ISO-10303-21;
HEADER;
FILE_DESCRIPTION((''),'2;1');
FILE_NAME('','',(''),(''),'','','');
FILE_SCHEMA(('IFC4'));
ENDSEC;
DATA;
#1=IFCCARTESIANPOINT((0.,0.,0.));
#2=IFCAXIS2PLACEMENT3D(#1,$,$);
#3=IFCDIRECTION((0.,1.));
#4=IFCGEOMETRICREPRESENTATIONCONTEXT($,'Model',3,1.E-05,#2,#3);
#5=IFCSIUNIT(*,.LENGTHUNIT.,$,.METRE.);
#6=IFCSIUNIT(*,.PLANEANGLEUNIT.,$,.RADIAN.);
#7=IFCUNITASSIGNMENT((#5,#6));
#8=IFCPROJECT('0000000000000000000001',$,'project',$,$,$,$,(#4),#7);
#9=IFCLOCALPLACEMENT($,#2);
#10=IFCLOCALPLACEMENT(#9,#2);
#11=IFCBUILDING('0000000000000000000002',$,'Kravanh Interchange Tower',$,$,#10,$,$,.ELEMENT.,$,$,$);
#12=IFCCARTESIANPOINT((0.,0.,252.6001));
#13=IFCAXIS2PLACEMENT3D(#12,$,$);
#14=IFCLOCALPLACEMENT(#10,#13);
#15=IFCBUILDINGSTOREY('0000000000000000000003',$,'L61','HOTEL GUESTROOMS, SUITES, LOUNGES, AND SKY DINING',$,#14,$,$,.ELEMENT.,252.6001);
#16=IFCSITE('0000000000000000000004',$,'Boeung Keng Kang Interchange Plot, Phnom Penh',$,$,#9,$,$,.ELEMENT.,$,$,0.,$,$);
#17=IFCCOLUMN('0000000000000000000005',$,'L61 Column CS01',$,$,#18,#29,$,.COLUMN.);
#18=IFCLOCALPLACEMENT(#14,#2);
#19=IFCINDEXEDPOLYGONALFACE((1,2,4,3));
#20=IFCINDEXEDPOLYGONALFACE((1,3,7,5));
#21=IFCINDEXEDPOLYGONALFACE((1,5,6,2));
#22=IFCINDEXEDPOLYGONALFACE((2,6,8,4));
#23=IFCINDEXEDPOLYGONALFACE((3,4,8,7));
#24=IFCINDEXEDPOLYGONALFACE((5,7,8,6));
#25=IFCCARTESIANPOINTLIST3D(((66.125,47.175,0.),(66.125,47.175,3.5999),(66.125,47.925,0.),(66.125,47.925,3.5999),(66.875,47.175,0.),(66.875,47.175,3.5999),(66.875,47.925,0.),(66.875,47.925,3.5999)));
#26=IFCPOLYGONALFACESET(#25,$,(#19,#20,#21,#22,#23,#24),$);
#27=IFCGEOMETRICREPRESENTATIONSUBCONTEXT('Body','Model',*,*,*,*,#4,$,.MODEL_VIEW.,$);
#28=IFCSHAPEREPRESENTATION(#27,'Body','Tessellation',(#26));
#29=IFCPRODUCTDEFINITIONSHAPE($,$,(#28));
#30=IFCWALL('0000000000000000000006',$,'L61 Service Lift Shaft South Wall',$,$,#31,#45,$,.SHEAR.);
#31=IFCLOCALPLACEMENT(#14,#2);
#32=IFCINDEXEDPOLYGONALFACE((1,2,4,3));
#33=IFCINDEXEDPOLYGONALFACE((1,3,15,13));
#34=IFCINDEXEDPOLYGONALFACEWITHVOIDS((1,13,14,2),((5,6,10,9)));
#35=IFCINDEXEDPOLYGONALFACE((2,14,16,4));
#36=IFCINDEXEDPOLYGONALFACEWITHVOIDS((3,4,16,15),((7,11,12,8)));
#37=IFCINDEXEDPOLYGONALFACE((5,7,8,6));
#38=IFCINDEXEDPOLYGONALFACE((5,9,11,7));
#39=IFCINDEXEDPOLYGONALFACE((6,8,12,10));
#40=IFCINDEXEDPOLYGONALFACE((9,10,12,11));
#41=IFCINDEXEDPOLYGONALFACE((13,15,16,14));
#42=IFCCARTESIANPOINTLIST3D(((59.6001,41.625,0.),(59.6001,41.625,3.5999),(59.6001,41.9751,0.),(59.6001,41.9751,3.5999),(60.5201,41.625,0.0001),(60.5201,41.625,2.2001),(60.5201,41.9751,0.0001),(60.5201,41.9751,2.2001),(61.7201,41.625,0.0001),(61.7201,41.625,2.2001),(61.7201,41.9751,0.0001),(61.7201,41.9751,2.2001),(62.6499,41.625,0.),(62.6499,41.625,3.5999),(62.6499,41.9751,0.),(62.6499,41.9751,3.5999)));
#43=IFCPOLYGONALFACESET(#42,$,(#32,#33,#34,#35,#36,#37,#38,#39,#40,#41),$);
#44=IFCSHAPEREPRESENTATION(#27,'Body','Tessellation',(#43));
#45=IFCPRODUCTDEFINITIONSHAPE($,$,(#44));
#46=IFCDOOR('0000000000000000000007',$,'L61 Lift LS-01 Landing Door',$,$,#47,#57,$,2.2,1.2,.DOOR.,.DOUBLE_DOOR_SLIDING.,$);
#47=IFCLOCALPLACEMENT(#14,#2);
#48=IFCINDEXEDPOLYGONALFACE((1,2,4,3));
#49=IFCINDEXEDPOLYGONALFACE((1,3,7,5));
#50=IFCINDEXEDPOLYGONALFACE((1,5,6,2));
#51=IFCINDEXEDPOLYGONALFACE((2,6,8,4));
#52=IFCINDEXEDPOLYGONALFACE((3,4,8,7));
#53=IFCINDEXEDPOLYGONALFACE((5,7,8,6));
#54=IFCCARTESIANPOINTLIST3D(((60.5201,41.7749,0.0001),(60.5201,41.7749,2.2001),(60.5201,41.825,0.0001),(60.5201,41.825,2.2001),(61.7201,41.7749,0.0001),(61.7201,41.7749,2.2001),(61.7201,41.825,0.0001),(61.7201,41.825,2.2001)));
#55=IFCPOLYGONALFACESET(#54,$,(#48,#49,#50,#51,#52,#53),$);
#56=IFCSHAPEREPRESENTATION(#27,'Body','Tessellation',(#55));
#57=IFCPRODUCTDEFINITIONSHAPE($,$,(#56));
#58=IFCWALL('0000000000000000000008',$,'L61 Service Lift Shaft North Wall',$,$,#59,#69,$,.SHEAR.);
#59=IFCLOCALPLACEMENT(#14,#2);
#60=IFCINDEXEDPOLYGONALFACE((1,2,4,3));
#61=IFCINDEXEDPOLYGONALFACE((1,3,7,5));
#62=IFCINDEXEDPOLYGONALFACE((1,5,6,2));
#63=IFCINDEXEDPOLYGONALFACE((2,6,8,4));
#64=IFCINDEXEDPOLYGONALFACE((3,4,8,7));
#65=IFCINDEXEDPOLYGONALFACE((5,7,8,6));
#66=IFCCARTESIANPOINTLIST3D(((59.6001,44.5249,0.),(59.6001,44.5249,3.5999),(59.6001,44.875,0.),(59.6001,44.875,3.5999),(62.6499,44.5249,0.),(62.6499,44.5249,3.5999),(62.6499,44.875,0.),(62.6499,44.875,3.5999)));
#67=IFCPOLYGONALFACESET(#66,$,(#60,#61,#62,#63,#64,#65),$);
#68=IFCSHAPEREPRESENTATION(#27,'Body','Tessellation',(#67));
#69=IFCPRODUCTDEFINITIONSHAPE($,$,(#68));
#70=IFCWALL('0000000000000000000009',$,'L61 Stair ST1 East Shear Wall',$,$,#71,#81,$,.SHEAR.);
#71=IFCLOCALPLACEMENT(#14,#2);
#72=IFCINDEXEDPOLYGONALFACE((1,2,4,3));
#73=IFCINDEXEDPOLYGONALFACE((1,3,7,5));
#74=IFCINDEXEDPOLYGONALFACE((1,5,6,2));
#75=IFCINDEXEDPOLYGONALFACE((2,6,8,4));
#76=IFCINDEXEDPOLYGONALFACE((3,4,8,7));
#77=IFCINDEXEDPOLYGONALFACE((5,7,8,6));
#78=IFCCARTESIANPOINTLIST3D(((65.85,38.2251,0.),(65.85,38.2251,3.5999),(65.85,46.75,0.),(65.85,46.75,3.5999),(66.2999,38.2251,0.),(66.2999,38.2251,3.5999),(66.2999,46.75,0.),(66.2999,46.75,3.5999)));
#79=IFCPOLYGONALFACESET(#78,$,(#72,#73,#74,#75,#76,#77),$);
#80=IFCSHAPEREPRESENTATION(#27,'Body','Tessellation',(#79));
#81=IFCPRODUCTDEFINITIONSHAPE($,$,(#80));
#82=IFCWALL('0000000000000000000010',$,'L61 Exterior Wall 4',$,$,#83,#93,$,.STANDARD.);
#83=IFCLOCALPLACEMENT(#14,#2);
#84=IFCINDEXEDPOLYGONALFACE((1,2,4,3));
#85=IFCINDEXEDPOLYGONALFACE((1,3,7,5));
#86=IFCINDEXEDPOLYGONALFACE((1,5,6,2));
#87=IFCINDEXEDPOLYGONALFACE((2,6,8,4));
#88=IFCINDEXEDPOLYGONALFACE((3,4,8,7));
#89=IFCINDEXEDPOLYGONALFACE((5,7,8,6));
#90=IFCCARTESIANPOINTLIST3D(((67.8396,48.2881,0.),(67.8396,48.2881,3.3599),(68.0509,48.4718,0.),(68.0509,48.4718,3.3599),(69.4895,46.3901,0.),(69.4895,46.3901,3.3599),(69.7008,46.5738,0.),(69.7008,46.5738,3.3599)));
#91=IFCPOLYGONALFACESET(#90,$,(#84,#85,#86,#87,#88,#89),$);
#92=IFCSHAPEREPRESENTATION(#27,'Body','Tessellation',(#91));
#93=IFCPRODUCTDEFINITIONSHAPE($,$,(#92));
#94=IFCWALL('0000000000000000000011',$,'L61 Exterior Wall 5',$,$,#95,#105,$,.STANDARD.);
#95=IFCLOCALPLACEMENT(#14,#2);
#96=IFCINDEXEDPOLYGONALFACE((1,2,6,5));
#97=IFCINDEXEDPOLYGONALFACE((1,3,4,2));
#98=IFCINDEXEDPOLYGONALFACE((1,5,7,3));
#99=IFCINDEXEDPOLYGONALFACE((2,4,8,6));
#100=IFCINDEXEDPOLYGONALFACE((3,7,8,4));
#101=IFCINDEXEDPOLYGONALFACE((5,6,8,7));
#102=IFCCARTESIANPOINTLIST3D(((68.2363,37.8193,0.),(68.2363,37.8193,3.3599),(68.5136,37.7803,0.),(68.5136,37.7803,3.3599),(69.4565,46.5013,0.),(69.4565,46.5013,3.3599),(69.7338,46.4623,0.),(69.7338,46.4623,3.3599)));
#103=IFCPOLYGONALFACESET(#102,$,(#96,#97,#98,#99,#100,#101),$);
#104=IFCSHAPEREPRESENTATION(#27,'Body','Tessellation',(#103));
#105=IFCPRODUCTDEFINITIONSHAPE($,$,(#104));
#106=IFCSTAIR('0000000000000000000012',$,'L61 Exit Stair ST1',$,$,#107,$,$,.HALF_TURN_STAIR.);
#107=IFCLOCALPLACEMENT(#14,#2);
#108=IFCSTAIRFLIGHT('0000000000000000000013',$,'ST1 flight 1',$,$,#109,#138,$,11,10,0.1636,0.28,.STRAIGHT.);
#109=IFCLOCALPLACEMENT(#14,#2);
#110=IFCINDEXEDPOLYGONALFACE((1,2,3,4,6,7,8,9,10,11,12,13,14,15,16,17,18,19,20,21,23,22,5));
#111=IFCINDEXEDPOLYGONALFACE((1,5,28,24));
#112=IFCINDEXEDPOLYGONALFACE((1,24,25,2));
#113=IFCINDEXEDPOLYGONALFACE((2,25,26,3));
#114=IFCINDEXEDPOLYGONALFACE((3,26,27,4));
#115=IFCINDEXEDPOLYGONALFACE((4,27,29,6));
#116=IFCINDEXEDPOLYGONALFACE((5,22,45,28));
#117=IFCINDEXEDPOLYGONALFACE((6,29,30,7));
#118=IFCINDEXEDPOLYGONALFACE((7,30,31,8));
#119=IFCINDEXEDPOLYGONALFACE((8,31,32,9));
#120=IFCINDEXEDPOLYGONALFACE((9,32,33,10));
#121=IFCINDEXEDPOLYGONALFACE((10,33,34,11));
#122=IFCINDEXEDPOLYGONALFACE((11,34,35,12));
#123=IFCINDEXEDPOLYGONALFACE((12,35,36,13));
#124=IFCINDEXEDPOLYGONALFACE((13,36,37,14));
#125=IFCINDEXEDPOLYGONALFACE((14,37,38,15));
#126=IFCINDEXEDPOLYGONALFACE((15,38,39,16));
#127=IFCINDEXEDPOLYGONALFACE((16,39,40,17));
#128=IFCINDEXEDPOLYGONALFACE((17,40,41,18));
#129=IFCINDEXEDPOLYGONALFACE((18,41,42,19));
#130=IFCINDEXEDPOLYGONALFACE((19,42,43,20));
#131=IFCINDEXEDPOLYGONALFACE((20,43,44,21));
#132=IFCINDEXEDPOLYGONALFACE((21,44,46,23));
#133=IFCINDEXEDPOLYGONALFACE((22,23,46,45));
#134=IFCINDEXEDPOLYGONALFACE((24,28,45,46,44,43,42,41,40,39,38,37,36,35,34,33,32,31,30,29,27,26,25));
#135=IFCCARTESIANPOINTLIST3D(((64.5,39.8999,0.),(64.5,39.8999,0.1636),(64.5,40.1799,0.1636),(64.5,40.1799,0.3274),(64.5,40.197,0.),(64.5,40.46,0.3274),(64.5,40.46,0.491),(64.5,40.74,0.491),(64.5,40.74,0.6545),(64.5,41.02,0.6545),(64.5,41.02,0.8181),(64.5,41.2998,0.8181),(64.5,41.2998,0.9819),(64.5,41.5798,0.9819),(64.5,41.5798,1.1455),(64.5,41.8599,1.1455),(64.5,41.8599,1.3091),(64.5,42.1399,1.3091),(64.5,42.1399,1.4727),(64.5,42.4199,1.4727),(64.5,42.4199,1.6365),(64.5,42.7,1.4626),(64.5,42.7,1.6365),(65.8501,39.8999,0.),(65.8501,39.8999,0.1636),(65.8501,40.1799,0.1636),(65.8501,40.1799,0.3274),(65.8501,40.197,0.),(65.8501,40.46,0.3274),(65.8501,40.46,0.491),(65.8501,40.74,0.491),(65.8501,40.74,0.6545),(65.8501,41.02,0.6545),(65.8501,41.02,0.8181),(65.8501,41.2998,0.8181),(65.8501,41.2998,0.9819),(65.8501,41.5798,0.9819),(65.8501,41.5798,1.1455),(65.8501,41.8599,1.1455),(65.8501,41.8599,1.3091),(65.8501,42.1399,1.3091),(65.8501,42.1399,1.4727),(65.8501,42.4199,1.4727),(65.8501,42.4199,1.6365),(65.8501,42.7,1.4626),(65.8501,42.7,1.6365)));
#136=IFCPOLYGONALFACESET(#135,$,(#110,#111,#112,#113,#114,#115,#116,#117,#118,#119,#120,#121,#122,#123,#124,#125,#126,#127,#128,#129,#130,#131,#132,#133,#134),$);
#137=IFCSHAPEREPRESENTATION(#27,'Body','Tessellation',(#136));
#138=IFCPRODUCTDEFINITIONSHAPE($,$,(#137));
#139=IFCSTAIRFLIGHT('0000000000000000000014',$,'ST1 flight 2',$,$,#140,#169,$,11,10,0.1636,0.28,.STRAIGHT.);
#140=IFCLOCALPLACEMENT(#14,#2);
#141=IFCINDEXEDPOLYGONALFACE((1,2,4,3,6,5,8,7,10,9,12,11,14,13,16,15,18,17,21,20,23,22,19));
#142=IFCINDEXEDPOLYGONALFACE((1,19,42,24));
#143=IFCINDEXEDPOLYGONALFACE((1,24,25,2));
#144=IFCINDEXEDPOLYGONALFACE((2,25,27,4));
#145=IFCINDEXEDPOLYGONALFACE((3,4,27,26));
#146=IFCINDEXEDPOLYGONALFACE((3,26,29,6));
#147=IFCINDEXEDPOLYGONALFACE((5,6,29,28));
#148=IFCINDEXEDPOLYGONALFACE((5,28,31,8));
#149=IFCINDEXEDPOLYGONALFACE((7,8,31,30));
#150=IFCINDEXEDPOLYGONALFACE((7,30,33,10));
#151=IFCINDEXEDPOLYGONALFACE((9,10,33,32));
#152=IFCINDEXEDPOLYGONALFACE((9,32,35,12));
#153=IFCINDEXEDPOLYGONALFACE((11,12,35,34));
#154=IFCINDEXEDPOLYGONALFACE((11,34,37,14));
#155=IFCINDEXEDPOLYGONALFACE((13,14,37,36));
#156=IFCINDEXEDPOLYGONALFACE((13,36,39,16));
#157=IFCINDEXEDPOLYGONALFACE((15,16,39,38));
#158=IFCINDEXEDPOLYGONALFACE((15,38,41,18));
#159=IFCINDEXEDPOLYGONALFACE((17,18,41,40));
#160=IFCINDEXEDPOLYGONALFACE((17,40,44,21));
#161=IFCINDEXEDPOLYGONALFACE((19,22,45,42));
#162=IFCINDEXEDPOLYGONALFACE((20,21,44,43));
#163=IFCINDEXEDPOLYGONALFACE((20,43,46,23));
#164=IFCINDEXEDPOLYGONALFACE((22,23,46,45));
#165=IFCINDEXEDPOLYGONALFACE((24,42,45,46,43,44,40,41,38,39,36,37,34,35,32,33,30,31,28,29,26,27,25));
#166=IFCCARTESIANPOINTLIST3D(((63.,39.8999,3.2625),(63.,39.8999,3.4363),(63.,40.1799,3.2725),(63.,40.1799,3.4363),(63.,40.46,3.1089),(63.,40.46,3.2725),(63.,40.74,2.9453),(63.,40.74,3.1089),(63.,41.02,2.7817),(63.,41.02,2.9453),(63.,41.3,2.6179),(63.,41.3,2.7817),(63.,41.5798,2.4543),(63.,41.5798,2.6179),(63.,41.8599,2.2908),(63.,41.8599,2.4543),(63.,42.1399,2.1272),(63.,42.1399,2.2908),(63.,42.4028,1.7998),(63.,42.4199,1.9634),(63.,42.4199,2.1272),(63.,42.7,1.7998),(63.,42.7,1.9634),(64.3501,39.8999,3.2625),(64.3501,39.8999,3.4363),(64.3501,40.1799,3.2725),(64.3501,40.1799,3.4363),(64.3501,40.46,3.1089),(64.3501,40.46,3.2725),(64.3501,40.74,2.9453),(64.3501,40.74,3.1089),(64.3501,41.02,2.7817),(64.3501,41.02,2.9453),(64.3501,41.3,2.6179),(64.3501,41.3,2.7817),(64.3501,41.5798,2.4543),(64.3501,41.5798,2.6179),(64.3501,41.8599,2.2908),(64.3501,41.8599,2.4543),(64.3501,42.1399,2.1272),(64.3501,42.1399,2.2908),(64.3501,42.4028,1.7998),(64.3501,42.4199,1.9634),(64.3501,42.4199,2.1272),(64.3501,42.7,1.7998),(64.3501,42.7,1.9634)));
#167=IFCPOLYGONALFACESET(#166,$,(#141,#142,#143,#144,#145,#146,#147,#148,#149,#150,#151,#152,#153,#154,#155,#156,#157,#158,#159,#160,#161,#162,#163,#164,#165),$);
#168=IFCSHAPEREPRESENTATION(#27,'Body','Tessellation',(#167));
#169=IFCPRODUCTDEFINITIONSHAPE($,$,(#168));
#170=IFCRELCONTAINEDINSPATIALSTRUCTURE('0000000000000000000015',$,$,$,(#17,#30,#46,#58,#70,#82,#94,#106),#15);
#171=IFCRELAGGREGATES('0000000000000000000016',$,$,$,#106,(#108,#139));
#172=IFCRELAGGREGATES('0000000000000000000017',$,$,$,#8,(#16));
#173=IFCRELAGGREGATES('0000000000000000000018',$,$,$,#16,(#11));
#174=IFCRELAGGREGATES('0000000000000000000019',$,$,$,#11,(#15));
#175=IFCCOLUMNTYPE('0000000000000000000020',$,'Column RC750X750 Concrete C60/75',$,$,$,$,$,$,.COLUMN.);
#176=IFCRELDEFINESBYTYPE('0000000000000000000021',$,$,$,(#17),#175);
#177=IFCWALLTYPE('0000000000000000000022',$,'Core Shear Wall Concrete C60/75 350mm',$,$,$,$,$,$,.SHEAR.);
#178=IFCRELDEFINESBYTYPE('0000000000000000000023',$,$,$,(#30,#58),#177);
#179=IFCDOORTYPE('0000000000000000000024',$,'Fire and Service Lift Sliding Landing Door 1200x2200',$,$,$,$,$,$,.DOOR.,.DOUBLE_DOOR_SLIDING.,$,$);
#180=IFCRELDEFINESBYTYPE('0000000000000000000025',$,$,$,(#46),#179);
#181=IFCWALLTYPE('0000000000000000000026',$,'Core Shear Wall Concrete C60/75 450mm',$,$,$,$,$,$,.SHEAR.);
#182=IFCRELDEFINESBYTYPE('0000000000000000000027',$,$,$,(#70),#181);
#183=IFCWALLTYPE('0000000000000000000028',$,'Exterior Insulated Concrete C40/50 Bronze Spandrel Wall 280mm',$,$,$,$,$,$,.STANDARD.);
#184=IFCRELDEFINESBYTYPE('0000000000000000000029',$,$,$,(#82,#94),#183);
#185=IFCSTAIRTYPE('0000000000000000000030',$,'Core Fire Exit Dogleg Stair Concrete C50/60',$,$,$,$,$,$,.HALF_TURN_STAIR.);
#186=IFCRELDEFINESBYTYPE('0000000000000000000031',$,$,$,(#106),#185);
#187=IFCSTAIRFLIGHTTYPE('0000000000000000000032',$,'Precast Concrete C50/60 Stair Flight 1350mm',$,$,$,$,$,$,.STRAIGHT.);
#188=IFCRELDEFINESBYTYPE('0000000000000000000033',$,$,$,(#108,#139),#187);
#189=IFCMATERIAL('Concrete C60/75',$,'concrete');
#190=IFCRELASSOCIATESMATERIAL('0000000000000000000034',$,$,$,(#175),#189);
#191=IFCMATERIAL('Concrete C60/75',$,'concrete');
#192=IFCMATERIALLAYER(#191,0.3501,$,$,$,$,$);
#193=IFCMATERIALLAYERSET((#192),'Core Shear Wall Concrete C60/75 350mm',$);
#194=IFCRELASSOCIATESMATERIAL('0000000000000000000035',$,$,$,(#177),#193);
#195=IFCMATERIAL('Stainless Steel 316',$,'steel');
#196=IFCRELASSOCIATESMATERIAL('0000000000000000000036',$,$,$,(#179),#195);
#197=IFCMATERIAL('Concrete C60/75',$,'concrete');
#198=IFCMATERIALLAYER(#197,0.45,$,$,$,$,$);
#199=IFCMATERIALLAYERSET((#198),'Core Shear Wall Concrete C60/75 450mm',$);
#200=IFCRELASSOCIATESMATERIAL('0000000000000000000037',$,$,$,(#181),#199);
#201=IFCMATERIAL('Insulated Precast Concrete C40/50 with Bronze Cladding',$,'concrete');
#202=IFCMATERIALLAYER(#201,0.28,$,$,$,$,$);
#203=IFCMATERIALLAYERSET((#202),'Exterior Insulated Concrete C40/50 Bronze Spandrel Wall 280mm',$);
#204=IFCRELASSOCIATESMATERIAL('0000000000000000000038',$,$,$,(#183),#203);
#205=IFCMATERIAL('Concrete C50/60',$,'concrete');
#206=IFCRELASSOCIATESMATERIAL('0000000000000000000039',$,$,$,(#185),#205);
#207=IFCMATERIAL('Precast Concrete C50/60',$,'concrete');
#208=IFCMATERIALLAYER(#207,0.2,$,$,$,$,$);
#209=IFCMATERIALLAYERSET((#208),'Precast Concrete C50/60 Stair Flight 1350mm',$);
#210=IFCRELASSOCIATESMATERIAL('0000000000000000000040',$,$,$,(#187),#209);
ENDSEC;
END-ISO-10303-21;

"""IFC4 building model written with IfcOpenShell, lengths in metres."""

from ifc_helpers import new_model, si_unit, direction, frame, frame_2d, origin, origin_2d, place, context, subcontext, project, spatial, polyline, rectangle, outline, extrude, material, layer, layer_set, material_profile, profile_set, type_object, element, fill, aggregate, save


model = new_model("IFC4")

# Units and contexts
model_context = context("Model", 3, precision=1e-05, world=origin(), true_north=direction((0.0, 1.0)))
body_context = subcontext(model_context, "Body", "Model", "MODEL_VIEW")
ifc_project = project(units=[si_unit("LENGTHUNIT", "METRE"), si_unit("PLANEANGLEUNIT", "RADIAN")], contexts=[model_context])

# Site, building, storey
site_placement = place(None, origin())
site = spatial("IfcSite", under=ifc_project, at=site_placement, Name="Boeung Keng Kang Interchange Plot, Phnom Penh", CompositionType="ELEMENT", RefElevation=0.0)
building_placement = place(site_placement, origin())
building = spatial("IfcBuilding", under=site, at=building_placement, Name="Kravanh Interchange Tower", CompositionType="ELEMENT")
storey_placement = place(building_placement, frame((0.0, 0.0, 252.6001)))
storey = spatial("IfcBuildingStorey", under=building, at=storey_placement, Name="L61", Description="HOTEL GUESTROOMS, SUITES, LOUNGES, AND SKY DINING", CompositionType="ELEMENT", Elevation=252.6001)

# Column
ifc_material_1 = material(Name="Concrete C60/75", Category="concrete")
ifc_material_profile = material_profile(ifc_material_1, rectangle(XDim=0.75, YDim=0.75, at=origin_2d()), Name="RC750X750")
ifc_profile_set = profile_set([ifc_material_profile], Name="Concrete C60/75")
column_type = type_object("IfcColumnType", Name="Column RC750X750 Concrete C60/75", PredefinedType="COLUMN", material=ifc_profile_set)
column_placement = place(storey_placement, frame((66.5, 47.55, 0.0), z_axis=(0.0, 0.0, 1.0), x_axis=(1.0, 0.0, 0.0)))
element("IfcColumn", 1, at=column_placement, inside=storey, type_object=column_type, Name="L61 Column CS01", PredefinedType="COLUMN", context=body_context, shape_type="SweptSolid", body=[
    extrude(rectangle(XDim=0.75, YDim=0.75, at=origin_2d()), origin(), (0.0, 0.0, 1.0), 3.5999),
])

# Wall, opening, door
ifc_material_2 = material(Name="Concrete C60/75", Category="concrete")
ifc_layer_1 = layer(ifc_material_2, 0.3501)
ifc_layer_set_1 = layer_set([ifc_layer_1], Name="Core Shear Wall Concrete C60/75 350mm")
wall_type_1 = type_object("IfcWallType", Name="Core Shear Wall Concrete C60/75 350mm", PredefinedType="SHEAR", material=ifc_layer_set_1)
wall_1_placement = place(storey_placement, frame((59.6001, 41.8, 0.0), z_axis=(0.0, 0.0, 1.0), x_axis=(1.0, 0.0, 0.0)))
wall_1 = element("IfcWall", 2, at=wall_1_placement, inside=storey, type_object=wall_type_1, Name="L61 Service Lift Shaft South Wall", PredefinedType="SHEAR", context=body_context, shape_type="SweptSolid", body=[
    extrude(rectangle(XDim=3.0498, YDim=0.3501, at=frame_2d((1.5249, 0.0))), origin(), (0.0, 0.0, 1.0), 3.5999),
])
opening_placement = place(wall_1_placement, frame((0.9199, 0.0, 0.0)))
opening = element("IfcOpeningElement", 3, at=opening_placement, cuts=wall_1, PredefinedType="OPENING", context=body_context, shape_type="SweptSolid", body=[
    extrude(rectangle(XDim=1.2, YDim=2.2, at=frame_2d((0.6001, 1.1001))), frame((0.0, 0.1851, 0.0), z_axis=(0.0, -1.0, 0.0), x_axis=(1.0, 0.0, 0.0)), (0.0, 0.0, 1.0), 0.3701),
])
ifc_material_3 = material(Name="Stainless Steel 316", Category="steel")
door_type = type_object("IfcDoorType", Name="Fire and Service Lift Sliding Landing Door 1200x2200", OperationType="DOUBLE_DOOR_SLIDING", PredefinedType="DOOR", material=ifc_material_3)
door_placement = place(opening_placement, origin())
door = element("IfcDoor", 4, at=door_placement, inside=storey, type_object=door_type, Name="L61 Lift LS-01 Landing Door", OperationType="DOUBLE_DOOR_SLIDING", OverallHeight=2.2, OverallWidth=1.2, PredefinedType="DOOR", context=body_context, shape_type="SweptSolid", body=[
    extrude(rectangle(XDim=1.2, YDim=2.2, at=frame_2d((0.6001, 1.1001))), frame((0.0, 0.0249, 0.0), z_axis=(0.0, -1.0, 0.0), x_axis=(1.0, 0.0, 0.0)), (0.0, 0.0, 1.0), 0.05),
])
fill(opening, door)

# Walls
wall_2_placement = place(storey_placement, frame((59.6001, 44.7, 0.0), z_axis=(0.0, 0.0, 1.0), x_axis=(1.0, 0.0, 0.0)))
element("IfcWall", 5, at=wall_2_placement, inside=storey, type_object=wall_type_1, Name="L61 Service Lift Shaft North Wall", PredefinedType="SHEAR", context=body_context, shape_type="SweptSolid", body=[
    extrude(rectangle(XDim=3.0498, YDim=0.3501, at=frame_2d((1.5249, 0.0))), origin(), (0.0, 0.0, 1.0), 3.5999),
])
ifc_material_4 = material(Name="Concrete C60/75", Category="concrete")
ifc_layer_2 = layer(ifc_material_4, 0.45)
ifc_layer_set_2 = layer_set([ifc_layer_2], Name="Core Shear Wall Concrete C60/75 450mm")
wall_type_2 = type_object("IfcWallType", Name="Core Shear Wall Concrete C60/75 450mm", PredefinedType="SHEAR", material=ifc_layer_set_2)
wall_3_placement = place(storey_placement, frame((66.075, 38.2251, 0.0), z_axis=(0.0, 0.0, 1.0), x_axis=(0.0, 1.0, 0.0)))
element("IfcWall", 6, at=wall_3_placement, inside=storey, type_object=wall_type_2, Name="L61 Stair ST1 East Shear Wall", PredefinedType="SHEAR", context=body_context, shape_type="SweptSolid", body=[
    extrude(rectangle(XDim=8.5249, YDim=0.45, at=frame_2d((4.2625, 0.0))), origin(), (0.0, 0.0, 1.0), 3.5999),
])
ifc_material_5 = material(Name="Insulated Precast Concrete C40/50 with Bronze Cladding", Category="concrete")
ifc_layer_3 = layer(ifc_material_5, 0.28)
ifc_layer_set_3 = layer_set([ifc_layer_3], Name="Exterior Insulated Concrete C40/50 Bronze Spandrel Wall 280mm")
wall_type_3 = type_object("IfcWallType", Name="Exterior Insulated Concrete C40/50 Bronze Spandrel Wall 280mm", PredefinedType="STANDARD", material=ifc_layer_set_3)
wall_4_placement = place(storey_placement, frame((67.9453, 48.3799, 0.0), z_axis=(0.0, 0.0, 1.0), x_axis=(0.656068, -0.754702, 0.0)))
element("IfcWall", 7, at=wall_4_placement, inside=storey, type_object=wall_type_3, Name="L61 Exterior Wall 4", PredefinedType="STANDARD", context=body_context, shape_type="SweptSolid", body=[
    extrude(rectangle(XDim=2.5149, YDim=0.28, at=frame_2d((1.2573, 0.0))), origin(), (0.0, 0.0, 1.0), 3.3599),
])
wall_5_placement = place(storey_placement, frame((69.5952, 46.4819, 0.0), z_axis=(0.0, 0.0, 1.0), x_axis=(-0.139179, -0.990267, 0.0)))
element("IfcWall", 8, at=wall_5_placement, inside=storey, type_object=wall_type_3, Name="L61 Exterior Wall 5", PredefinedType="STANDARD", context=body_context, shape_type="SweptSolid", body=[
    extrude(rectangle(XDim=8.7673, YDim=0.28, at=frame_2d((4.3838, 0.0))), origin(), (0.0, 0.0, 1.0), 3.3599),
])

# Stair, stair flights
ifc_material_6 = material(Name="Concrete C50/60", Category="concrete")
stair_type = type_object("IfcStairType", Name="Core Fire Exit Dogleg Stair Concrete C50/60", PredefinedType="HALF_TURN_STAIR", material=ifc_material_6)
stair_1_placement = place(storey_placement, origin())
stair_1 = element("IfcStair", 9, at=stair_1_placement, inside=storey, type_object=stair_type, Name="L61 Exit Stair ST1", PredefinedType="HALF_TURN_STAIR")
ifc_material_7 = material(Name="Precast Concrete C50/60", Category="concrete")
ifc_layer_4 = layer(ifc_material_7, 0.2)
ifc_layer_set_4 = layer_set([ifc_layer_4], Name="Precast Concrete C50/60 Stair Flight 1350mm")
stair_flight_type = type_object("IfcStairFlightType", Name="Precast Concrete C50/60 Stair Flight 1350mm", PredefinedType="STRAIGHT", material=ifc_layer_set_4)
stair_flight_1_placement = place(storey_placement, frame((65.175, 39.8999, 0.0), z_axis=(0.0, 0.0, 1.0), x_axis=(0.0, 1.0, 0.0)))
stair_flight_1 = element("IfcStairFlight", 10, at=stair_flight_1_placement, type_object=stair_flight_type, Name="ST1 flight 1", NumberOfRisers=11, NumberOfTreads=10, PredefinedType="STRAIGHT", RiserHeight=0.1636, TreadLength=0.28, context=body_context, shape_type="SweptSolid", body=[
    extrude(outline(polyline([(0.0, 0.0), (0.0, 0.1636), (0.28, 0.1636), (0.28, 0.3274), (0.5601, 0.3274), (0.5601, 0.491), (0.8401, 0.491), (0.8401, 0.6545), (1.1201, 0.6545), (1.1201, 0.8181), (1.3999, 0.8181), (1.3999, 0.9819), (1.6799, 0.9819), (1.6799, 1.1455), (1.96, 1.1455), (1.96, 1.3091), (2.24, 1.3091), (2.24, 1.4727), (2.52, 1.4727), (2.52, 1.6365), (2.8, 1.6365), (2.8, 1.8), (2.8, 1.4626), (0.2971, 0.0), (0.0, 0.0)])), frame((0.0, 0.675, 0.0), z_axis=(0.0, -1.0, 0.0), x_axis=(1.0, 0.0, 0.0)), (0.0, 0.0, 1.0), 1.3501),
])
stair_flight_2_placement = place(storey_placement, frame((63.675, 42.7, 1.7998), z_axis=(0.0, 0.0, 1.0), x_axis=(0.0, -1.0, 0.0)))
stair_flight_2 = element("IfcStairFlight", 11, at=stair_flight_2_placement, type_object=stair_flight_type, Name="ST1 flight 2", NumberOfRisers=11, NumberOfTreads=10, PredefinedType="STRAIGHT", RiserHeight=0.1636, TreadLength=0.28, context=body_context, shape_type="SweptSolid", body=[
    extrude(outline(polyline([(0.0, 0.0), (0.0, 0.1636), (0.28, 0.1636), (0.28, 0.3274), (0.5601, 0.3274), (0.5601, 0.491), (0.8401, 0.491), (0.8401, 0.6545), (1.1201, 0.6545), (1.1201, 0.8181), (1.3999, 0.8181), (1.3999, 0.9819), (1.6799, 0.9819), (1.6799, 1.1455), (1.96, 1.1455), (1.96, 1.3091), (2.24, 1.3091), (2.24, 1.4727), (2.52, 1.4727), (2.52, 1.6365), (2.8, 1.6365), (2.8, 1.8), (2.8, 1.4626), (0.2971, 0.0), (0.0, 0.0)])), frame((0.0, 0.675, 0.0), z_axis=(0.0, -1.0, 0.0), x_axis=(1.0, 0.0, 0.0)), (0.0, 0.0, 1.0), 1.3501),
])
aggregate(stair_1, [stair_flight_1, stair_flight_2])

save(model, "model.ifc")
